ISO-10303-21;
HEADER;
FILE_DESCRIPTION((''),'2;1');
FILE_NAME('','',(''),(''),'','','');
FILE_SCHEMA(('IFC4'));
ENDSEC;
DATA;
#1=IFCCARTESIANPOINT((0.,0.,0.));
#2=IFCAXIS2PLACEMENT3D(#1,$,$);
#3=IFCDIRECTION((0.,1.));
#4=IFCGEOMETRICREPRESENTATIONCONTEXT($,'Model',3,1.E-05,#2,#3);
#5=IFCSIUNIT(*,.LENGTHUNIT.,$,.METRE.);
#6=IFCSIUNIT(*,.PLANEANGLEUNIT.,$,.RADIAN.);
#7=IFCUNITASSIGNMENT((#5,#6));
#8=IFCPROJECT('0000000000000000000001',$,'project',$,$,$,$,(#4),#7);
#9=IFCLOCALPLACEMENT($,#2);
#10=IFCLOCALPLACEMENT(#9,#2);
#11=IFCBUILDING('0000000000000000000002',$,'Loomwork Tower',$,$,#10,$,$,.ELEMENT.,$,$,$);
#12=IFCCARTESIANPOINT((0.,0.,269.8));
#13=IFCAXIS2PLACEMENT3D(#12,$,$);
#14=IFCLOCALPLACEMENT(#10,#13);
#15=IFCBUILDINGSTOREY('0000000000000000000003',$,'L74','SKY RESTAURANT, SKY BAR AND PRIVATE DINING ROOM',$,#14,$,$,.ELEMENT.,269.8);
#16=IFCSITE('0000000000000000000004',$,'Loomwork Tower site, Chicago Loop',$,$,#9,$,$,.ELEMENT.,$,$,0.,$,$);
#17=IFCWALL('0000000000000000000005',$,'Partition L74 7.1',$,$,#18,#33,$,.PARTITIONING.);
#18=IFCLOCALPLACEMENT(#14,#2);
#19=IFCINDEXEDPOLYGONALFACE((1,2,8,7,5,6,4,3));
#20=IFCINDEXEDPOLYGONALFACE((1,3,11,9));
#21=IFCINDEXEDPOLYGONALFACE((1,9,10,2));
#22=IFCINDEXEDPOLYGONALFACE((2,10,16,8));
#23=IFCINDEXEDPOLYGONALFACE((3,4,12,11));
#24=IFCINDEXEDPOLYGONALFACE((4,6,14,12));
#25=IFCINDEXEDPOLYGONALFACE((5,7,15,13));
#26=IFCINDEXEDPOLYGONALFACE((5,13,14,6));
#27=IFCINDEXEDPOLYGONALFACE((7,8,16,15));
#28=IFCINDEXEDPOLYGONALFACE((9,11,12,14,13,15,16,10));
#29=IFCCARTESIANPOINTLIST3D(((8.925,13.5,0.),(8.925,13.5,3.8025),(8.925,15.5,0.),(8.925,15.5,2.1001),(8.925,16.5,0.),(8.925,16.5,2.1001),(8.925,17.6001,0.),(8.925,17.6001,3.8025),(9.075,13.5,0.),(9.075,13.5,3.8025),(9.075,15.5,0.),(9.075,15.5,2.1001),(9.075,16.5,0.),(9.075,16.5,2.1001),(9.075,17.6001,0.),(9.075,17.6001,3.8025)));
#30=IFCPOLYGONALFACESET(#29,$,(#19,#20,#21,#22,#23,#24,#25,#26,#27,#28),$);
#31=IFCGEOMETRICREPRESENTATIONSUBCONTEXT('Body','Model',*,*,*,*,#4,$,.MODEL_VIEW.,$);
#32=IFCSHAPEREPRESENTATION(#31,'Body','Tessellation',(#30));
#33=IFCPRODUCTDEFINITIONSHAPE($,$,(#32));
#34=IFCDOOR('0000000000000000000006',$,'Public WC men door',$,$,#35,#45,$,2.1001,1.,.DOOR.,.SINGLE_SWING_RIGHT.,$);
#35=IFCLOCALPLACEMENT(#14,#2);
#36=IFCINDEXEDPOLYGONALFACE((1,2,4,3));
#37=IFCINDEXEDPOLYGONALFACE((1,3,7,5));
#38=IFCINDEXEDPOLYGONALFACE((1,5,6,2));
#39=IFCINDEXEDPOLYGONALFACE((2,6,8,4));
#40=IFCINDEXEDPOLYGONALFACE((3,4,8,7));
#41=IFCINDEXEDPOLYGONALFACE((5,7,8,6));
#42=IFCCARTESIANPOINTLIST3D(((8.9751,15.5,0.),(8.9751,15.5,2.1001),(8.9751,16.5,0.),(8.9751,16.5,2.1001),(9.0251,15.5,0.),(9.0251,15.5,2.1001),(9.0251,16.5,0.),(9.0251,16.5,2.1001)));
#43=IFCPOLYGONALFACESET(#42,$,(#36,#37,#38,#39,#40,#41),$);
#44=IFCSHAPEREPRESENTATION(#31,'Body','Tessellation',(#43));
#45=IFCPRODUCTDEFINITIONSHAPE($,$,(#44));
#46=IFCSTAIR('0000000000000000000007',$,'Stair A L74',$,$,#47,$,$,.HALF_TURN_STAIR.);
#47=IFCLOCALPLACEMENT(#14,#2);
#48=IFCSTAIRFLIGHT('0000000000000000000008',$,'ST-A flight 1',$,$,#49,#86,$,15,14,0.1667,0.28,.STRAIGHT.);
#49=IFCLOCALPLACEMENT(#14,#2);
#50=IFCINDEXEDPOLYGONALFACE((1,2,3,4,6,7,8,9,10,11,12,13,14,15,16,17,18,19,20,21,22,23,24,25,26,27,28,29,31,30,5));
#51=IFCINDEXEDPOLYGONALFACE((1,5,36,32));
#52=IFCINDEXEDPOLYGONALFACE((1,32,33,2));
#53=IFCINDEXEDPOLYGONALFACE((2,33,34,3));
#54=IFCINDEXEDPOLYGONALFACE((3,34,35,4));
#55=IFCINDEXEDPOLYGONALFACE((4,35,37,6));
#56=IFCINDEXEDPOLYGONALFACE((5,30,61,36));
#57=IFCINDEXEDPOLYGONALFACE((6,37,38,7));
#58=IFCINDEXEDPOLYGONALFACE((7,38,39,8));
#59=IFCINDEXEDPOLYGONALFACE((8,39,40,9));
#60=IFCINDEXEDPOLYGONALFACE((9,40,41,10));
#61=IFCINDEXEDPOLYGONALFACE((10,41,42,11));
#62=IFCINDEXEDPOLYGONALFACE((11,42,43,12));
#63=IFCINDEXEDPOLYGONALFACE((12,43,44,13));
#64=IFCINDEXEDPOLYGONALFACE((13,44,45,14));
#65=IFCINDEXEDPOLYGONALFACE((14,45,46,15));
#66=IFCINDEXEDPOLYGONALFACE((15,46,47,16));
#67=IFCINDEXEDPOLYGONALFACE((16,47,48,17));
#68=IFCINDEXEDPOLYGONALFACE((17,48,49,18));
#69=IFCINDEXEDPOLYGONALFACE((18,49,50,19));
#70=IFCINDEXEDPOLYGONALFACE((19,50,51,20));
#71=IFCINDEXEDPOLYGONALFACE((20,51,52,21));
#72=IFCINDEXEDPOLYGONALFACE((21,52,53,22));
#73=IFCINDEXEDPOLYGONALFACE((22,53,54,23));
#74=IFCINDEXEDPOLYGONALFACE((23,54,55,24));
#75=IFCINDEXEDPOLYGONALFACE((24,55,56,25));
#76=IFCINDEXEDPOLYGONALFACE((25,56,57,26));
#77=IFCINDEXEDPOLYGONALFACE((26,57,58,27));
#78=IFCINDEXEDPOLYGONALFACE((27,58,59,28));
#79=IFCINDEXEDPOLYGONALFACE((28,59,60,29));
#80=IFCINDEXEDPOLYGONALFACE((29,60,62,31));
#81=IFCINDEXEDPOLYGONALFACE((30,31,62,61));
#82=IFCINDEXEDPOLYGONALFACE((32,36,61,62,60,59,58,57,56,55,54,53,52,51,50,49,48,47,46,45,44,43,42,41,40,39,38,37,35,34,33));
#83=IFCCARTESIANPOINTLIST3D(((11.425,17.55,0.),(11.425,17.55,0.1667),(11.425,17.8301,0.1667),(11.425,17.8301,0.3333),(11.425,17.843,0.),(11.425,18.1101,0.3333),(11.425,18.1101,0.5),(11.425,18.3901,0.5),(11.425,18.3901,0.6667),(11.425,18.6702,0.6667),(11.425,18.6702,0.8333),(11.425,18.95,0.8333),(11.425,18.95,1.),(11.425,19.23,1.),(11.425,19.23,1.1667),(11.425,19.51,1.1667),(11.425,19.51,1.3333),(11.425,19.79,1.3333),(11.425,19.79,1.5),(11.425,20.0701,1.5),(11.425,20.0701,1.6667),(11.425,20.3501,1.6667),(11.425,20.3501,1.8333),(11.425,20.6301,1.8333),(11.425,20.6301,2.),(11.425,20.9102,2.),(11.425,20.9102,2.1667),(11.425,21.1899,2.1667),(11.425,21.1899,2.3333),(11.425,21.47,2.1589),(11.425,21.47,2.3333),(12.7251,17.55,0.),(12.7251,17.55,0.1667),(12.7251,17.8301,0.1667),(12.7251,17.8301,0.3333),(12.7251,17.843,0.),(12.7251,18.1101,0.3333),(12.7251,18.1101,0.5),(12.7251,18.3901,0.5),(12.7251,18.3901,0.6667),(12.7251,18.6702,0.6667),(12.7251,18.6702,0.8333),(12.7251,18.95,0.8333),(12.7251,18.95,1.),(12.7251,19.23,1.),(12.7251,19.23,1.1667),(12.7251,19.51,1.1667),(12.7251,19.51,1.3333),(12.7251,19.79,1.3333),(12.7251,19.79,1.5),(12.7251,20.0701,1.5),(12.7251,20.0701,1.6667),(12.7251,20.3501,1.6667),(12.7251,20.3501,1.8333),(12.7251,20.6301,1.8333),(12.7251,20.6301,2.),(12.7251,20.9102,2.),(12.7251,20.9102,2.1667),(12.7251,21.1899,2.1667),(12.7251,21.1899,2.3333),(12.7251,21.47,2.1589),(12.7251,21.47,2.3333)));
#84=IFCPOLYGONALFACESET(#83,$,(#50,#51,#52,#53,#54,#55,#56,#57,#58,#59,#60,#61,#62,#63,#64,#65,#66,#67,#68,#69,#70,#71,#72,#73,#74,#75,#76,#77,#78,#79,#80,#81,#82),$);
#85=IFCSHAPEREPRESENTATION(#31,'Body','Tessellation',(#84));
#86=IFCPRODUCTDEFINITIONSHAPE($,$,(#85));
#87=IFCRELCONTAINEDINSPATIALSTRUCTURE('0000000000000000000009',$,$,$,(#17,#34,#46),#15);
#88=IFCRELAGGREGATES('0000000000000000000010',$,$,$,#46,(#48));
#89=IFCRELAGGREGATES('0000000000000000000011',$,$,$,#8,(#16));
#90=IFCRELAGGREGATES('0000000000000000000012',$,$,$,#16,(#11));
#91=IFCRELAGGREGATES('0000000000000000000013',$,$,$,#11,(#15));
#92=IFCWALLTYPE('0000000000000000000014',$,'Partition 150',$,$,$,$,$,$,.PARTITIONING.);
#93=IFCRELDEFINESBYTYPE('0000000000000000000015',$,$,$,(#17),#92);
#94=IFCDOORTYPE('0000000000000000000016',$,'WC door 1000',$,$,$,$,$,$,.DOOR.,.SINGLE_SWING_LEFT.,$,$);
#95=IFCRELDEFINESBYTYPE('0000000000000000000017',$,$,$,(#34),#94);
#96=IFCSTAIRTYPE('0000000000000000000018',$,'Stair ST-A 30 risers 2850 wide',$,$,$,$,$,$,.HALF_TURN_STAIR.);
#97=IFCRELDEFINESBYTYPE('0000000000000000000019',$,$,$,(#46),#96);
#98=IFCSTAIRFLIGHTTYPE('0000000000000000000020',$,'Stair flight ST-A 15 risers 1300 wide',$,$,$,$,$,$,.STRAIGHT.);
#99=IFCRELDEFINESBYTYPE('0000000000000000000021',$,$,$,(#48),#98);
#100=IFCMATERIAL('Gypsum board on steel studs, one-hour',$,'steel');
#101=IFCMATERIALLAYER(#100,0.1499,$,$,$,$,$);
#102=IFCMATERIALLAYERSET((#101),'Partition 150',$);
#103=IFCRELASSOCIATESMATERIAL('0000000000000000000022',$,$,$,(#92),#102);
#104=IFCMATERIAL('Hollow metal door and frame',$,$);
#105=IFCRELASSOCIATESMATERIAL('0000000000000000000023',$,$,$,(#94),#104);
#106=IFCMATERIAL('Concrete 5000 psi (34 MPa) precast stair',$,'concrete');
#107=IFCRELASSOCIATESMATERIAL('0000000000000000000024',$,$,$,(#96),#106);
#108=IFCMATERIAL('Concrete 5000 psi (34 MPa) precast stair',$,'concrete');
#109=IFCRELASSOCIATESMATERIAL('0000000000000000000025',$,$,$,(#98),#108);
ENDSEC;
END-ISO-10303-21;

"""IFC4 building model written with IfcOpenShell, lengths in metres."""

from ifc_helpers import new_model, si_unit, direction, frame, frame_2d, origin, place, context, subcontext, project, spatial, polyline, rectangle, outline, extrude, material, layer, layer_set, type_object, element, fill, aggregate, save


model = new_model("IFC4")

# Units and contexts
model_context = context("Model", 3, precision=1e-05, world=origin(), true_north=direction((0.0, 1.0)))
body_context = subcontext(model_context, "Body", "Model", "MODEL_VIEW")
ifc_project = project(units=[si_unit("LENGTHUNIT", "METRE"), si_unit("PLANEANGLEUNIT", "RADIAN")], contexts=[model_context])

# Site, building, storey
site_placement = place(None, origin())
site = spatial("IfcSite", under=ifc_project, at=site_placement, Name="Loomwork Tower site, Chicago Loop", CompositionType="ELEMENT", RefElevation=0.0)
building_placement = place(site_placement, origin())
building = spatial("IfcBuilding", under=site, at=building_placement, Name="Loomwork Tower", CompositionType="ELEMENT")
storey_placement = place(building_placement, frame((0.0, 0.0, 269.8)))
storey = spatial("IfcBuildingStorey", under=building, at=storey_placement, Name="L74", Description="SKY RESTAURANT, SKY BAR AND PRIVATE DINING ROOM", CompositionType="ELEMENT", Elevation=269.8)

# Shared definitions
ifc_material_1 = material(Name="Gypsum board on steel studs, one-hour", Category="steel")
ifc_layer_1 = layer(ifc_material_1, 0.1499)
ifc_layer_set_1 = layer_set([ifc_layer_1], Name="Partition 150")
wall_type_1 = type_object("IfcWallType", Name="Partition 150", PredefinedType="PARTITIONING", material=ifc_layer_set_1)

# Wall, opening, door
wall_1_placement = place(storey_placement, frame((9.0, 17.6001, 0.0), z_axis=(0.0, 0.0, 1.0), x_axis=(0.0, -1.0, 0.0)))
wall_1 = element("IfcWall", 1, at=wall_1_placement, inside=storey, type_object=wall_type_1, Name="Partition L74 7.1", PredefinedType="PARTITIONING", context=body_context, shape_type="SweptSolid", body=[
    extrude(rectangle(XDim=4.1001, YDim=0.1499, at=frame_2d((2.05, 0.0))), origin(), (0.0, 0.0, 1.0), 3.8025),
])
opening_1_placement = place(wall_1_placement, frame((1.1001, 0.0, 0.0)))
opening_1 = element("IfcOpeningElement", 2, at=opening_1_placement, cuts=wall_1, PredefinedType="OPENING", context=body_context, shape_type="SweptSolid", body=[
    extrude(rectangle(XDim=1.0, YDim=2.1001, at=frame_2d((0.5, 1.05))), frame((0.0, 0.085, 0.0), z_axis=(0.0, -1.0, 0.0), x_axis=(1.0, 0.0, 0.0)), (0.0, 0.0, 1.0), 0.1699),
])
ifc_material_2 = material(Name="Hollow metal door and frame")
door_type_1 = type_object("IfcDoorType", Name="WC door 1000", OperationType="SINGLE_SWING_LEFT", PredefinedType="DOOR", material=ifc_material_2)
door_1_placement = place(opening_1_placement, frame((1.0, 0.0, 0.0), z_axis=(0.0, 0.0, 1.0), x_axis=(-1.0, 0.0, 0.0)))
door_1 = element("IfcDoor", 3, at=door_1_placement, inside=storey, type_object=door_type_1, Name="Public WC men door", OperationType="SINGLE_SWING_RIGHT", OverallHeight=2.1001, OverallWidth=1.0, PredefinedType="DOOR", context=body_context, shape_type="SweptSolid", body=[
    extrude(rectangle(XDim=1.0, YDim=2.1001, at=frame_2d((0.5, 1.05))), frame((0.0, 0.0249, 0.0), z_axis=(0.0, -1.0, 0.0), x_axis=(1.0, 0.0, 0.0)), (0.0, 0.0, 1.0), 0.05),
])
fill(opening_1, door_1)

# Stair, stair flight
ifc_material_3 = material(Name="Concrete 5000 psi (34 MPa) precast stair", Category="concrete")
stair_type = type_object("IfcStairType", Name="Stair ST-A 30 risers 2850 wide", PredefinedType="HALF_TURN_STAIR", material=ifc_material_3)
stair_placement = place(storey_placement, origin())
stair = element("IfcStair", 4, at=stair_placement, inside=storey, type_object=stair_type, Name="Stair A L74", PredefinedType="HALF_TURN_STAIR")
ifc_material_4 = material(Name="Concrete 5000 psi (34 MPa) precast stair", Category="concrete")
stair_flight_type = type_object("IfcStairFlightType", Name="Stair flight ST-A 15 risers 1300 wide", PredefinedType="STRAIGHT", material=ifc_material_4)
stair_flight_placement = place(storey_placement, frame((12.075, 17.55, 0.0), z_axis=(0.0, 0.0, 1.0), x_axis=(0.0, 1.0, 0.0)))
stair_flight = element("IfcStairFlight", 5, at=stair_flight_placement, type_object=stair_flight_type, Name="ST-A flight 1", NumberOfRisers=15, NumberOfTreads=14, PredefinedType="STRAIGHT", RiserHeight=0.1667, TreadLength=0.28, context=body_context, shape_type="SweptSolid", body=[
    extrude(outline(polyline([(0.0, 0.0), (0.0, 0.1667), (0.28, 0.1667), (0.28, 0.3333), (0.5601, 0.3333), (0.5601, 0.5), (0.8401, 0.5), (0.8401, 0.6667), (1.1201, 0.6667), (1.1201, 0.8333), (1.3999, 0.8333), (1.3999, 1.0), (1.6799, 1.0), (1.6799, 1.1667), (1.96, 1.1667), (1.96, 1.3333), (2.24, 1.3333), (2.24, 1.5), (2.52, 1.5), (2.52, 1.6667), (2.8, 1.6667), (2.8, 1.8333), (3.0801, 1.8333), (3.0801, 2.0), (3.3601, 2.0), (3.3601, 2.1667), (3.6399, 2.1667), (3.6399, 2.3333), (3.9199, 2.3333), (3.9199, 2.5), (3.9199, 2.1589), (0.293, 0.0), (0.0, 0.0)])), frame((0.0, 0.6499, 0.0), z_axis=(0.0, -1.0, 0.0), x_axis=(1.0, 0.0, 0.0)), (0.0, 0.0, 1.0), 1.3),
])
aggregate(stair, [stair_flight])

save(model, "model.ifc")
